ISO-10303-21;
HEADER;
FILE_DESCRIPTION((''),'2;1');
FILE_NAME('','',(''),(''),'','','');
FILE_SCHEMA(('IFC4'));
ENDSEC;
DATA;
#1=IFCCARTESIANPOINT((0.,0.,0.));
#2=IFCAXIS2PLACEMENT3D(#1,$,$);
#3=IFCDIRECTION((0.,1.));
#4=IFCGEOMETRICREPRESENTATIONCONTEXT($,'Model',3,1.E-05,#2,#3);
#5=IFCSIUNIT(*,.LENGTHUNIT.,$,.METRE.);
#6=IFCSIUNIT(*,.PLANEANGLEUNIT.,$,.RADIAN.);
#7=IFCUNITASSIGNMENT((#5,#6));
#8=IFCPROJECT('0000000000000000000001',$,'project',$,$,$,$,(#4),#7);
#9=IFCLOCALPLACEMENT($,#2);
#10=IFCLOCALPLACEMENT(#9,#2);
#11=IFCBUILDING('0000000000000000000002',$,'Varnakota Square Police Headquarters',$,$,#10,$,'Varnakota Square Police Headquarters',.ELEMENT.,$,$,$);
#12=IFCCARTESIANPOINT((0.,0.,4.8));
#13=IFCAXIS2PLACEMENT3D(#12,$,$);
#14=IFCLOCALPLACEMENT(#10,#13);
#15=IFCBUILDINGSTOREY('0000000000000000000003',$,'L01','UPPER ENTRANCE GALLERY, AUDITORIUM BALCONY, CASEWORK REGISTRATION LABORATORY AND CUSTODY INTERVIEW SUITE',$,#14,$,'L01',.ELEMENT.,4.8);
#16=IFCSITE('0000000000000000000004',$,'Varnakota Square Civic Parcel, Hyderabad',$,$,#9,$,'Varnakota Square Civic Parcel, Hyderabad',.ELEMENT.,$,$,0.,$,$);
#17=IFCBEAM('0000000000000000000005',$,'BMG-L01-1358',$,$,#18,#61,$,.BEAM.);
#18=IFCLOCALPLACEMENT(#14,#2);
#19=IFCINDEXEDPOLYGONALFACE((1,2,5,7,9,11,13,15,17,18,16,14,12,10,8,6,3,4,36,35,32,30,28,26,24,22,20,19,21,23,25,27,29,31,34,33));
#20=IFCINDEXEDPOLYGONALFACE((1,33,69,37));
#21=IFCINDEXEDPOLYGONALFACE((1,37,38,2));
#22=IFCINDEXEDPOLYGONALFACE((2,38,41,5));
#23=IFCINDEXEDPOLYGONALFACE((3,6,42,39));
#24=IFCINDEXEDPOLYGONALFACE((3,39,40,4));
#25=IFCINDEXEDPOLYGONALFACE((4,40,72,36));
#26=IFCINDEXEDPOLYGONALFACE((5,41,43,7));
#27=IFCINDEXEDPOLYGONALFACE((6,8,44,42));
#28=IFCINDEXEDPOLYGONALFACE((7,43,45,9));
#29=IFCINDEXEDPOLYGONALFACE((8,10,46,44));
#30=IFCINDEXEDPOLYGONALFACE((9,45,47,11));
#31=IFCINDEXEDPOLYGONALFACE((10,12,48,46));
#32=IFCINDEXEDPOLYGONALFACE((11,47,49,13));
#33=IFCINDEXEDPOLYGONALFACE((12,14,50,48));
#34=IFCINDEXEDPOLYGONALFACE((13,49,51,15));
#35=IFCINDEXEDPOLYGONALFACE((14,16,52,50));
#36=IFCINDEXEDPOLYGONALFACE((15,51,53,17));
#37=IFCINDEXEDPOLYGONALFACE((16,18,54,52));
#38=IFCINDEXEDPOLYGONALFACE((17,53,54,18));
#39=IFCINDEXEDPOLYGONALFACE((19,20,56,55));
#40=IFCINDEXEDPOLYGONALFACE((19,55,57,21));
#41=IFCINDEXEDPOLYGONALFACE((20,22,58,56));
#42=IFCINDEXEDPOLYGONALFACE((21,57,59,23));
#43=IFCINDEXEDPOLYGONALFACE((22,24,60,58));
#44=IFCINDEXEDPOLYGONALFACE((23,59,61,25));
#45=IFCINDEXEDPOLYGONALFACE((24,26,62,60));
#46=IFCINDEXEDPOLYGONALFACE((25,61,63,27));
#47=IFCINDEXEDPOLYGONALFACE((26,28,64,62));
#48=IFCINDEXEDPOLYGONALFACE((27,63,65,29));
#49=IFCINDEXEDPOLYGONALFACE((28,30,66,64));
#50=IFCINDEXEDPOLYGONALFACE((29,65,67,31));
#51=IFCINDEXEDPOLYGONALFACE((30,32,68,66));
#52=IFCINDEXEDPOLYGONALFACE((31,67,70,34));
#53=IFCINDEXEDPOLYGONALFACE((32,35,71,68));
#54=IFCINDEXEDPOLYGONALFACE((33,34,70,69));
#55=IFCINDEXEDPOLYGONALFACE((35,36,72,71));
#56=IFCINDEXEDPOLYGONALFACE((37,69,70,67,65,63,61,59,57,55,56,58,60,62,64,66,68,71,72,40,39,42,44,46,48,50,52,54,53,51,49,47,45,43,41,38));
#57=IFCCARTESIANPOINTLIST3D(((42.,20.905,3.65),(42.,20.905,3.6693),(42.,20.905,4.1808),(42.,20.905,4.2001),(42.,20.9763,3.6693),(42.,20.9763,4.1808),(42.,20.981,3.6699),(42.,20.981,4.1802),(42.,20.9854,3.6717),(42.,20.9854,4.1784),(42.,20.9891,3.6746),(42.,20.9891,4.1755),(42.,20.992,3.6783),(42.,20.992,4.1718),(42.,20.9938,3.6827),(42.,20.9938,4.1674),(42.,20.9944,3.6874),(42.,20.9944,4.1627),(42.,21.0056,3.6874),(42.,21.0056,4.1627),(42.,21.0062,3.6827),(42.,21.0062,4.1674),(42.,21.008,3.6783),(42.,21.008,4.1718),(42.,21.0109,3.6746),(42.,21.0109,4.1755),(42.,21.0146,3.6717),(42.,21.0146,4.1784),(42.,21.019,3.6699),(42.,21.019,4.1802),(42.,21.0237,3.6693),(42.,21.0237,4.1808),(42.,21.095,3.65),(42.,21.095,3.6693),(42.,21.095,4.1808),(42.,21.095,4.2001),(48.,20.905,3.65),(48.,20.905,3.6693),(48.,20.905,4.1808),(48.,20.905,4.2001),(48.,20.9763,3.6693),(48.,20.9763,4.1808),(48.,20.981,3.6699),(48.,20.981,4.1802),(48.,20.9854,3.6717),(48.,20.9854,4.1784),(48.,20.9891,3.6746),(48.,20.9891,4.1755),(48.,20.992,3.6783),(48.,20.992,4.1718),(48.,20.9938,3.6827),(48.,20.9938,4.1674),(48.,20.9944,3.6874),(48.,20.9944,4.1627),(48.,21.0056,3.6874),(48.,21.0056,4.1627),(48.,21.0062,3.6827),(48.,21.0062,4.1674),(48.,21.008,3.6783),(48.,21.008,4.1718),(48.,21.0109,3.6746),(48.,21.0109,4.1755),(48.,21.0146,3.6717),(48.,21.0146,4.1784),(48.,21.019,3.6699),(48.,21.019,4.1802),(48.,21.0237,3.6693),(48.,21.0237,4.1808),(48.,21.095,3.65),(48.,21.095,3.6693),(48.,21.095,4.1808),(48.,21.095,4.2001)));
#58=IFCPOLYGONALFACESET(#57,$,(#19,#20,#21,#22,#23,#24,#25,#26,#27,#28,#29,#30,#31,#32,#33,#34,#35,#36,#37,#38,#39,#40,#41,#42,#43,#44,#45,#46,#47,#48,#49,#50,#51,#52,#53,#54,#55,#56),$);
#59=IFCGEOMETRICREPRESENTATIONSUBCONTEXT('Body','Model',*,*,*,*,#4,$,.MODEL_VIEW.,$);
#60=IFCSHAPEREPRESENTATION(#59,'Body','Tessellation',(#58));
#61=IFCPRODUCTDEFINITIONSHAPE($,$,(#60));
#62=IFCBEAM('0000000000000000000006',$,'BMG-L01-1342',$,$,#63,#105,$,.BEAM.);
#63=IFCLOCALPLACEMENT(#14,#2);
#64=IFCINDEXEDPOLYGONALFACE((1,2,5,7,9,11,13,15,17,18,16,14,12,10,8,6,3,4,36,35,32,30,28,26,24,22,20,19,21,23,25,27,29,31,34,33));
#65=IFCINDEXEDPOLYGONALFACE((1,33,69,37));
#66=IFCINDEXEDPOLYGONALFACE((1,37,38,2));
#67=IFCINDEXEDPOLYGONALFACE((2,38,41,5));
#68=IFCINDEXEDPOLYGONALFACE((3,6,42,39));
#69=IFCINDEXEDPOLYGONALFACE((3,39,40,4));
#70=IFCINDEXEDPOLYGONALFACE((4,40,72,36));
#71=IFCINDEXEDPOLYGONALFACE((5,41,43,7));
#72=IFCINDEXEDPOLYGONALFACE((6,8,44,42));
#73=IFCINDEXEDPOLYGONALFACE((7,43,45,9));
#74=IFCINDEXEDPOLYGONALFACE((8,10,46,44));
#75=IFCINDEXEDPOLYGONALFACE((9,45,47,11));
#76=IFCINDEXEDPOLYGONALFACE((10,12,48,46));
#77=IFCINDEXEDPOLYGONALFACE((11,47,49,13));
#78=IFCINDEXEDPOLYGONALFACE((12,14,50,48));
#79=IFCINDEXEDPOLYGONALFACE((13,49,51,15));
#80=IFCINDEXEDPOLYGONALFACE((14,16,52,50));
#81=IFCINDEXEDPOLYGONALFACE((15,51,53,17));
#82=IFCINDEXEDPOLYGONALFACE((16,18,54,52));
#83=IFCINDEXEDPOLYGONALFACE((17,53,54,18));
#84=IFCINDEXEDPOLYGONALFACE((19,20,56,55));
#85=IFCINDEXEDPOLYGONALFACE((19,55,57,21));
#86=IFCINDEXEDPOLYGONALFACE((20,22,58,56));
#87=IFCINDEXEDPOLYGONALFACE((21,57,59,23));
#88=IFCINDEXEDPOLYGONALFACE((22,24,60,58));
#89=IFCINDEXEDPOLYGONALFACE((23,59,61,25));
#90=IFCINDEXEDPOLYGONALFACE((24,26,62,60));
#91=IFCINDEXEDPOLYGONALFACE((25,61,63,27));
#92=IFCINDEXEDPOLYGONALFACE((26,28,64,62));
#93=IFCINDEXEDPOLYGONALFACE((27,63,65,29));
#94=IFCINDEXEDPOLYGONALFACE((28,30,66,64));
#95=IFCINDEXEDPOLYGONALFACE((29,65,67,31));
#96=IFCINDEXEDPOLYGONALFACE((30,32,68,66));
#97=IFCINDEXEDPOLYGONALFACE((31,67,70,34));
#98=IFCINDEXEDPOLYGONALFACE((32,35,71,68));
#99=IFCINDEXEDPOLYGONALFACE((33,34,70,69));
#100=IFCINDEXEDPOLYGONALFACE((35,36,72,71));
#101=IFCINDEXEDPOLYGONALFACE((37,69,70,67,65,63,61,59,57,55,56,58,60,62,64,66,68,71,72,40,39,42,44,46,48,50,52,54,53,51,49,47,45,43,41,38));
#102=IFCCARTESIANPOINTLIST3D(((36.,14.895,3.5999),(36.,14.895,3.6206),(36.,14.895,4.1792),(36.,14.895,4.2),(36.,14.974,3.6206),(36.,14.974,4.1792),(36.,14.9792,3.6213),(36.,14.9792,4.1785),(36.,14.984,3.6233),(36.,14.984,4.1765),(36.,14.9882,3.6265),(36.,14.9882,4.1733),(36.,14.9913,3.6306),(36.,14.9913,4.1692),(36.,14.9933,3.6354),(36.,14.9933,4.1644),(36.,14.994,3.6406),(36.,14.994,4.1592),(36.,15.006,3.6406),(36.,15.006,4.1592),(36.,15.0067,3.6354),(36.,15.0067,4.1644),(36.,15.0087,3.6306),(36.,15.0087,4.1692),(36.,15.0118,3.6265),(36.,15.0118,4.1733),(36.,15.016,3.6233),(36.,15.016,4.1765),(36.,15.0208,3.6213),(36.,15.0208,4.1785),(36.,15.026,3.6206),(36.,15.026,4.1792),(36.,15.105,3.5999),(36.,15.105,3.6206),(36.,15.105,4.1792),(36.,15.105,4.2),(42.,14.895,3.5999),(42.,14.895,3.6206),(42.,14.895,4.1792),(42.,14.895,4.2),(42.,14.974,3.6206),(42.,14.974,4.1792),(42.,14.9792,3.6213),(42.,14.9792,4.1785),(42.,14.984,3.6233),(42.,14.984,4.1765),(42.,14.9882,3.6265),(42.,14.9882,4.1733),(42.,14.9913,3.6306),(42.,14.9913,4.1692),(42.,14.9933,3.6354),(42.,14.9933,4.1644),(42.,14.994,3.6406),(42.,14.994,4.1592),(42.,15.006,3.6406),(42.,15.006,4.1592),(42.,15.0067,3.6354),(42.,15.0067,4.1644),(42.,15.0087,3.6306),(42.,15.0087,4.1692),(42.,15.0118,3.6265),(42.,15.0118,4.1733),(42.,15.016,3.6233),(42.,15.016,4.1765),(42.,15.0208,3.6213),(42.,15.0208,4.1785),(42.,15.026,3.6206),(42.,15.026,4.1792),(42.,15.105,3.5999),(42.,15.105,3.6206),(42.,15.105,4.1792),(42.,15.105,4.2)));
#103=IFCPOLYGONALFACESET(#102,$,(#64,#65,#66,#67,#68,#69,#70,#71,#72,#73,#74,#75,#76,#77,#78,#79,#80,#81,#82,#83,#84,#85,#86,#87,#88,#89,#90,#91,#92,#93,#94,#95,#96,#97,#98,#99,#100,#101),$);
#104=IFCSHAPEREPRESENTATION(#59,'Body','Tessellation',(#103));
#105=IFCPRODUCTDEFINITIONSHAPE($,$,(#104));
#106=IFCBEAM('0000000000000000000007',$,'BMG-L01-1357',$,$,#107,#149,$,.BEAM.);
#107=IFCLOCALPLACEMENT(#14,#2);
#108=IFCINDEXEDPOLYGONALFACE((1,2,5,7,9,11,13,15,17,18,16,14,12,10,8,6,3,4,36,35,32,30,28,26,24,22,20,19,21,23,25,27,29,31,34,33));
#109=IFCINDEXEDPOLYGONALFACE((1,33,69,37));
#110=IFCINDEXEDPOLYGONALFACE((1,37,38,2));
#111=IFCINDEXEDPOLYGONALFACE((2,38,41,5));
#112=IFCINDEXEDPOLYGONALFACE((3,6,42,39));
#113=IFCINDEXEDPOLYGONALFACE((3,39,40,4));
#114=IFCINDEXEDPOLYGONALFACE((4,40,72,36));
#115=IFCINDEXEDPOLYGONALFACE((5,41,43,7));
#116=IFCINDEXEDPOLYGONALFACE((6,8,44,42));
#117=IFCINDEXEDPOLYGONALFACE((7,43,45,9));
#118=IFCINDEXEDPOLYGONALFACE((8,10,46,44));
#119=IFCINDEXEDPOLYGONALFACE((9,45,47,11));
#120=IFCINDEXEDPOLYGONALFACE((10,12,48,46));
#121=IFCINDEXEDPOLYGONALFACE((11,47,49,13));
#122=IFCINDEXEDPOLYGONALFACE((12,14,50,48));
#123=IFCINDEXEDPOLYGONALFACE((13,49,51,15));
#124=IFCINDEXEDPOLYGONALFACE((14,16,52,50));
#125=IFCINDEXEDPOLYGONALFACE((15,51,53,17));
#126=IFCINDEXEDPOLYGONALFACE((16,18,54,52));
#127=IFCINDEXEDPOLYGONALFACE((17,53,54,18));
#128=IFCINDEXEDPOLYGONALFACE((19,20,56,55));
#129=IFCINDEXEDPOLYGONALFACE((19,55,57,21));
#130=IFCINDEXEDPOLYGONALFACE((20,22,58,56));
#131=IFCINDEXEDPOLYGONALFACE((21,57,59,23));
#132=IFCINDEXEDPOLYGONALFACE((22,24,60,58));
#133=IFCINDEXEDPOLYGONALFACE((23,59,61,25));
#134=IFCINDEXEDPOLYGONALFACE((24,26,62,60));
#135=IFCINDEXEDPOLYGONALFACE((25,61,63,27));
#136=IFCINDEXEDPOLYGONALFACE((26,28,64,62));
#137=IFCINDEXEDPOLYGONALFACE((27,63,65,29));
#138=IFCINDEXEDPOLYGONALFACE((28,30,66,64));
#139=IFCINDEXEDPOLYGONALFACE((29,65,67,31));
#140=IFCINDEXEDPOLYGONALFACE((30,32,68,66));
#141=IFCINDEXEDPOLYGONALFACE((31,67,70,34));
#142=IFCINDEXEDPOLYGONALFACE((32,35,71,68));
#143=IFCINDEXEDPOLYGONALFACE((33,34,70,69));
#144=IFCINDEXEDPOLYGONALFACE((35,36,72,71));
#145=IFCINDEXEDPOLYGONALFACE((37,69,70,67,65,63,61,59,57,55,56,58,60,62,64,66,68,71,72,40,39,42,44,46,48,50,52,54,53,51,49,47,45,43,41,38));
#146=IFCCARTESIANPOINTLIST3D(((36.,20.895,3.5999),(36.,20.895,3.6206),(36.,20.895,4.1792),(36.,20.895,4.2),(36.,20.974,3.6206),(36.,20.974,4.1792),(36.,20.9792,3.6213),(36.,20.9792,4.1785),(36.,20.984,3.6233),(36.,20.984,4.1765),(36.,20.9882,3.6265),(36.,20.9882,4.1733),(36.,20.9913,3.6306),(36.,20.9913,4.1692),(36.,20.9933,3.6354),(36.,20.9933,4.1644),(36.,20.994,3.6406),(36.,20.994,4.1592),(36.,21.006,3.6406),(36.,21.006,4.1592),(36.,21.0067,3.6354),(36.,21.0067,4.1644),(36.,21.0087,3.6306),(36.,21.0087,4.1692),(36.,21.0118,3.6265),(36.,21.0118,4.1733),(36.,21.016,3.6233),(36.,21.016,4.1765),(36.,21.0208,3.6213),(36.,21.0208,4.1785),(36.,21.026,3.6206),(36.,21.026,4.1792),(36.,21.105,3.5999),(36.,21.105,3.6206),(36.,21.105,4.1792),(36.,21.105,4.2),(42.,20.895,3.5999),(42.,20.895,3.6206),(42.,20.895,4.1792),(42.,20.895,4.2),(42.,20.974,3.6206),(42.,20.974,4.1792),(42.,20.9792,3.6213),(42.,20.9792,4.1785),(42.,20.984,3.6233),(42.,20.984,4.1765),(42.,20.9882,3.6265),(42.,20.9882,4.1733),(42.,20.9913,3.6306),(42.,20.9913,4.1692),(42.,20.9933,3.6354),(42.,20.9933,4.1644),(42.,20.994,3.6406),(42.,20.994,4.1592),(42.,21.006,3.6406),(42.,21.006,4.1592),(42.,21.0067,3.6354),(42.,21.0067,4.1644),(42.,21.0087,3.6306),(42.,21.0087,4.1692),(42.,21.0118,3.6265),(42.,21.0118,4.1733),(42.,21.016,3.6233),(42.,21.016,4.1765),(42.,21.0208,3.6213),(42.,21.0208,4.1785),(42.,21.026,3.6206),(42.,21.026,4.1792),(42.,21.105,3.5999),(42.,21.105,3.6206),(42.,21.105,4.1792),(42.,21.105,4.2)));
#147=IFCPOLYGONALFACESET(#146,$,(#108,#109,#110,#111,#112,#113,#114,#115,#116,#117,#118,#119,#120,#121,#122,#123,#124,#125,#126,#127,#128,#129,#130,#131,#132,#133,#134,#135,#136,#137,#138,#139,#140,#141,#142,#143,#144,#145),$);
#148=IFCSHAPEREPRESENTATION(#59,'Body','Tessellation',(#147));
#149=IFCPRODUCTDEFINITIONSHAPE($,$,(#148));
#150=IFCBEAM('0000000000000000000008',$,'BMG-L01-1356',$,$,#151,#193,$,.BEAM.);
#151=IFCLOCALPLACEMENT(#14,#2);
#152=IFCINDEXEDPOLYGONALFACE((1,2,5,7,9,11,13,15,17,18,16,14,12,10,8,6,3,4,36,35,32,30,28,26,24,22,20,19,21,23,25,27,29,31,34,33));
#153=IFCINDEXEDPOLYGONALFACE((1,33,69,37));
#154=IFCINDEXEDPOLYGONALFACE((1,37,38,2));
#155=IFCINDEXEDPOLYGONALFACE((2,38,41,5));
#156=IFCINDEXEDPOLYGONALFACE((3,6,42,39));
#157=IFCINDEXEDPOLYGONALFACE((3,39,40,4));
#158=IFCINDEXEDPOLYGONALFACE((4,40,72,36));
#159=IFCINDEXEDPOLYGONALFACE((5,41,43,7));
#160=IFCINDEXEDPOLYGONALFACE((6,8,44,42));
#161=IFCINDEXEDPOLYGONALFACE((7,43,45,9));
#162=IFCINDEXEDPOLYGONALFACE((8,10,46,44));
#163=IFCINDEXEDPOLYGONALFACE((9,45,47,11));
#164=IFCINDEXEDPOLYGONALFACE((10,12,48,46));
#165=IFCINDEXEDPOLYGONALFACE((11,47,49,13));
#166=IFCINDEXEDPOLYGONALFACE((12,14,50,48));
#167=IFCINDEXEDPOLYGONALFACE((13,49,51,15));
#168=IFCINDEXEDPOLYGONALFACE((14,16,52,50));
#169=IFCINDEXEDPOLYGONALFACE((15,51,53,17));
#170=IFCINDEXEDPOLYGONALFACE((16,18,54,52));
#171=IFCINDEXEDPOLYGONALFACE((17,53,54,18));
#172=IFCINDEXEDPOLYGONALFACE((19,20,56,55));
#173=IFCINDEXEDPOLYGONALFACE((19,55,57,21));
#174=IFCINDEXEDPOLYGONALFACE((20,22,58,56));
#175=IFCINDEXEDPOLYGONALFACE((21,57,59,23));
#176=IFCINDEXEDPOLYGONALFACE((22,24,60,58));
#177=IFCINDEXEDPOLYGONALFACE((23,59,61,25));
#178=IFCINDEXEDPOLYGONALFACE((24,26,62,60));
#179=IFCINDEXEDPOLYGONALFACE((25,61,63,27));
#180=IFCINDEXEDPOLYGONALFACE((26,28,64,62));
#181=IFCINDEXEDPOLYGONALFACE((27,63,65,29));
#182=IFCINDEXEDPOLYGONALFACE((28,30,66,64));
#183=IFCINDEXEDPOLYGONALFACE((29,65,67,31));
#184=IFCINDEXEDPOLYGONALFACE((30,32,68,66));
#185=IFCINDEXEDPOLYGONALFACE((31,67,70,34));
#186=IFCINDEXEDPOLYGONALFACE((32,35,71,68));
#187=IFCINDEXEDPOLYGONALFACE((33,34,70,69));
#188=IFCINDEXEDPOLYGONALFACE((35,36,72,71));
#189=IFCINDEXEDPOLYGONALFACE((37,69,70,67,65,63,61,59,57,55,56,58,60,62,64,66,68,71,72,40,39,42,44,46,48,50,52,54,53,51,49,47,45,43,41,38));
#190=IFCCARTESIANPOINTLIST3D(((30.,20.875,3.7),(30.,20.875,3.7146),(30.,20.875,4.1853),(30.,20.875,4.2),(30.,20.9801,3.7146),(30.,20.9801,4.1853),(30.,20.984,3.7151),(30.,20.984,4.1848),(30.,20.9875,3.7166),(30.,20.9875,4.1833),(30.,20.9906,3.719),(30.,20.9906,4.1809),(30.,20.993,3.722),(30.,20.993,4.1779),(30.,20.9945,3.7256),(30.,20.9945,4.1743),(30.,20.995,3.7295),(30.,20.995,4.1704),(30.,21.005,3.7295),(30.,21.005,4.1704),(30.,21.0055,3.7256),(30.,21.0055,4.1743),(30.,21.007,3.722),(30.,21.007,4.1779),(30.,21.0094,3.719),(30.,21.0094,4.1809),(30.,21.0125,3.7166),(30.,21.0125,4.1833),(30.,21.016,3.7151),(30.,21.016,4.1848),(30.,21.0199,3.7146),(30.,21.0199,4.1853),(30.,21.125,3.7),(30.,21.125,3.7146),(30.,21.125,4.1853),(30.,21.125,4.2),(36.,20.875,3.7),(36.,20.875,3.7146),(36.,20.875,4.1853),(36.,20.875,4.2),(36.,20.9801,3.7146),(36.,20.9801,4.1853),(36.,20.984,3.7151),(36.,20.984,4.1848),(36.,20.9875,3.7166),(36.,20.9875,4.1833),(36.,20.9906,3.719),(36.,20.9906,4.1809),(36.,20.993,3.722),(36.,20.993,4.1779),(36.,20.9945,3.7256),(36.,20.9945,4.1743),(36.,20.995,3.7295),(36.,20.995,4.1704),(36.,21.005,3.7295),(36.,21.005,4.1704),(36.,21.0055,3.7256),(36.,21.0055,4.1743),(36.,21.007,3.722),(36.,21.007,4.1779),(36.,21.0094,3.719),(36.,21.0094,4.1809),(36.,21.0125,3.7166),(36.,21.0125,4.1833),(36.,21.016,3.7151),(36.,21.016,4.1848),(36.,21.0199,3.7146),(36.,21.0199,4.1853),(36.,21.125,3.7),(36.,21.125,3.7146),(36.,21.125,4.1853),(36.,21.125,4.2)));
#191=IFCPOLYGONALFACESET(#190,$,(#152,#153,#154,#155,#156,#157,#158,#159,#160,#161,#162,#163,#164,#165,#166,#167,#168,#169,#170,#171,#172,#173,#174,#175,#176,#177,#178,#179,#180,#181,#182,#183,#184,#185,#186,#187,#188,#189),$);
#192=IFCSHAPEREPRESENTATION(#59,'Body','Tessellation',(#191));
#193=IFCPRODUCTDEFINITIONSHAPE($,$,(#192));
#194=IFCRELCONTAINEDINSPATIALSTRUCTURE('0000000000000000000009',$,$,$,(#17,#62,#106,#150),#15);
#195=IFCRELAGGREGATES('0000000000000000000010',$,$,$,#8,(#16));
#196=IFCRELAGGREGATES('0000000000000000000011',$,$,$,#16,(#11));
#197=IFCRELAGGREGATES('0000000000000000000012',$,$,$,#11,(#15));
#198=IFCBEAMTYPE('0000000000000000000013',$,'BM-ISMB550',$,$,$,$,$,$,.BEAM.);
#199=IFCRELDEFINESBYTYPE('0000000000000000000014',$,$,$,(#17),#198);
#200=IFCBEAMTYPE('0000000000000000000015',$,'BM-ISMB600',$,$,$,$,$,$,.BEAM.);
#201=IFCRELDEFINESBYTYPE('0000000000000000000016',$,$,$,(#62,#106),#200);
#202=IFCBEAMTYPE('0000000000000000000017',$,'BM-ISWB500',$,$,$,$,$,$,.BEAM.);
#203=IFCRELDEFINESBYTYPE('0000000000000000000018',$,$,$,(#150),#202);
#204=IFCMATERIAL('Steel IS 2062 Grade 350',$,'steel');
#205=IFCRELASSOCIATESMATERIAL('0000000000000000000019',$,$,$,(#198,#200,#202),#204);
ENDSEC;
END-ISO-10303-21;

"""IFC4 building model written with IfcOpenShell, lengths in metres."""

from ifc_helpers import new_model, si_unit, direction, frame, origin, origin_2d, place, context, subcontext, project, spatial, i_section, extrude, material, material_profile, profile_set, type_object, element, save


model = new_model("IFC4")

# Units and contexts
model_context = context("Model", 3, precision=1e-05, world=origin(), true_north=direction((0.0, 1.0)))
body_context = subcontext(model_context, "Body", "Model", "MODEL_VIEW")
ifc_project = project(units=[si_unit("LENGTHUNIT", "METRE"), si_unit("PLANEANGLEUNIT", "RADIAN")], contexts=[model_context])

# Site, building, storey
site_placement = place(None, origin())
site = spatial("IfcSite", under=ifc_project, at=site_placement, Name="Varnakota Square Civic Parcel, Hyderabad", LongName="Varnakota Square Civic Parcel, Hyderabad", CompositionType="ELEMENT", RefElevation=0.0)
building_placement = place(site_placement, origin())
building = spatial("IfcBuilding", under=site, at=building_placement, Name="Varnakota Square Police Headquarters", LongName="Varnakota Square Police Headquarters", CompositionType="ELEMENT")
storey_placement = place(building_placement, frame((0.0, 0.0, 4.8)))
storey = spatial("IfcBuildingStorey", under=building, at=storey_placement, Name="L01", Description="UPPER ENTRANCE GALLERY, AUDITORIUM BALCONY, CASEWORK REGISTRATION LABORATORY AND CUSTODY INTERVIEW SUITE", LongName="L01", CompositionType="ELEMENT", Elevation=4.8)

# Shared definitions
ifc_material_1 = material(Name="Steel IS 2062 Grade 350", Category="steel")

# Beams
ifc_material_profile_1 = material_profile(ifc_material_1, i_section(OverallWidth=0.1899, OverallDepth=0.55, WebThickness=0.0112, FlangeThickness=0.0193, FilletRadius=0.0181, at=origin_2d()), Name="ISMB 550")
ifc_profile_set_1 = profile_set([ifc_material_profile_1], Name="Steel IS 2062 Grade 350")
beam_type_1 = type_object("IfcBeamType", Name="BM-ISMB550", PredefinedType="BEAM", material=ifc_profile_set_1)
for number, where, z_axis, x_axis, name in (
    (1, (42.0, 21.0, 3.925), (1.0, 0.0, 0.0), (0.0, 1.0, 0.0), "BMG-L01-1358"),
):
    element("IfcBeam", number, at=place(storey_placement, frame(where, z_axis=z_axis, x_axis=x_axis)), inside=storey, type_object=beam_type_1, Name=name, PredefinedType="BEAM", context=body_context, shape_type="SweptSolid", body=[
        extrude(i_section(OverallWidth=0.1899, OverallDepth=0.55, WebThickness=0.0112, FlangeThickness=0.0193, FilletRadius=0.0181, at=origin_2d()), origin(), (0.0, 0.0, 1.0), 6.0),
    ])
ifc_material_profile_2 = material_profile(ifc_material_1, i_section(OverallWidth=0.21, OverallDepth=0.6001, WebThickness=0.012, FlangeThickness=0.0208, FilletRadius=0.02, at=origin_2d()), Name="ISMB 600")
ifc_profile_set_2 = profile_set([ifc_material_profile_2], Name="Steel IS 2062 Grade 350")
beam_type_2 = type_object("IfcBeamType", Name="BM-ISMB600", PredefinedType="BEAM", material=ifc_profile_set_2)
for number, where, z_axis, x_axis, name in (
    (2, (36.0, 15.0, 3.8999), (1.0, 0.0, 0.0), (0.0, 1.0, 0.0), "BMG-L01-1342"),
    (3, (36.0, 21.0, 3.8999), (1.0, 0.0, 0.0), (0.0, 1.0, 0.0), "BMG-L01-1357"),
):
    element("IfcBeam", number, at=place(storey_placement, frame(where, z_axis=z_axis, x_axis=x_axis)), inside=storey, type_object=beam_type_2, Name=name, PredefinedType="BEAM", context=body_context, shape_type="SweptSolid", body=[
        extrude(i_section(OverallWidth=0.21, OverallDepth=0.6001, WebThickness=0.012, FlangeThickness=0.0208, FilletRadius=0.02, at=origin_2d()), origin(), (0.0, 0.0, 1.0), 6.0),
    ])
ifc_material_profile_3 = material_profile(ifc_material_1, i_section(OverallWidth=0.25, OverallDepth=0.5, WebThickness=0.01, FlangeThickness=0.0146, FilletRadius=0.0149, at=origin_2d()), Name="ISWB 500")
ifc_profile_set_3 = profile_set([ifc_material_profile_3], Name="Steel IS 2062 Grade 350")
beam_type_3 = type_object("IfcBeamType", Name="BM-ISWB500", PredefinedType="BEAM", material=ifc_profile_set_3)
beam_1_placement = place(storey_placement, frame((30.0, 21.0, 3.95), z_axis=(1.0, 0.0, 0.0), x_axis=(0.0, 1.0, 0.0)))
element("IfcBeam", 4, at=beam_1_placement, inside=storey, type_object=beam_type_3, Name="BMG-L01-1356", PredefinedType="BEAM", context=body_context, shape_type="SweptSolid", body=[
    extrude(i_section(OverallWidth=0.25, OverallDepth=0.5, WebThickness=0.01, FlangeThickness=0.0146, FilletRadius=0.0149, at=origin_2d()), origin(), (0.0, 0.0, 1.0), 6.0),
])

save(model, "model.ifc")
